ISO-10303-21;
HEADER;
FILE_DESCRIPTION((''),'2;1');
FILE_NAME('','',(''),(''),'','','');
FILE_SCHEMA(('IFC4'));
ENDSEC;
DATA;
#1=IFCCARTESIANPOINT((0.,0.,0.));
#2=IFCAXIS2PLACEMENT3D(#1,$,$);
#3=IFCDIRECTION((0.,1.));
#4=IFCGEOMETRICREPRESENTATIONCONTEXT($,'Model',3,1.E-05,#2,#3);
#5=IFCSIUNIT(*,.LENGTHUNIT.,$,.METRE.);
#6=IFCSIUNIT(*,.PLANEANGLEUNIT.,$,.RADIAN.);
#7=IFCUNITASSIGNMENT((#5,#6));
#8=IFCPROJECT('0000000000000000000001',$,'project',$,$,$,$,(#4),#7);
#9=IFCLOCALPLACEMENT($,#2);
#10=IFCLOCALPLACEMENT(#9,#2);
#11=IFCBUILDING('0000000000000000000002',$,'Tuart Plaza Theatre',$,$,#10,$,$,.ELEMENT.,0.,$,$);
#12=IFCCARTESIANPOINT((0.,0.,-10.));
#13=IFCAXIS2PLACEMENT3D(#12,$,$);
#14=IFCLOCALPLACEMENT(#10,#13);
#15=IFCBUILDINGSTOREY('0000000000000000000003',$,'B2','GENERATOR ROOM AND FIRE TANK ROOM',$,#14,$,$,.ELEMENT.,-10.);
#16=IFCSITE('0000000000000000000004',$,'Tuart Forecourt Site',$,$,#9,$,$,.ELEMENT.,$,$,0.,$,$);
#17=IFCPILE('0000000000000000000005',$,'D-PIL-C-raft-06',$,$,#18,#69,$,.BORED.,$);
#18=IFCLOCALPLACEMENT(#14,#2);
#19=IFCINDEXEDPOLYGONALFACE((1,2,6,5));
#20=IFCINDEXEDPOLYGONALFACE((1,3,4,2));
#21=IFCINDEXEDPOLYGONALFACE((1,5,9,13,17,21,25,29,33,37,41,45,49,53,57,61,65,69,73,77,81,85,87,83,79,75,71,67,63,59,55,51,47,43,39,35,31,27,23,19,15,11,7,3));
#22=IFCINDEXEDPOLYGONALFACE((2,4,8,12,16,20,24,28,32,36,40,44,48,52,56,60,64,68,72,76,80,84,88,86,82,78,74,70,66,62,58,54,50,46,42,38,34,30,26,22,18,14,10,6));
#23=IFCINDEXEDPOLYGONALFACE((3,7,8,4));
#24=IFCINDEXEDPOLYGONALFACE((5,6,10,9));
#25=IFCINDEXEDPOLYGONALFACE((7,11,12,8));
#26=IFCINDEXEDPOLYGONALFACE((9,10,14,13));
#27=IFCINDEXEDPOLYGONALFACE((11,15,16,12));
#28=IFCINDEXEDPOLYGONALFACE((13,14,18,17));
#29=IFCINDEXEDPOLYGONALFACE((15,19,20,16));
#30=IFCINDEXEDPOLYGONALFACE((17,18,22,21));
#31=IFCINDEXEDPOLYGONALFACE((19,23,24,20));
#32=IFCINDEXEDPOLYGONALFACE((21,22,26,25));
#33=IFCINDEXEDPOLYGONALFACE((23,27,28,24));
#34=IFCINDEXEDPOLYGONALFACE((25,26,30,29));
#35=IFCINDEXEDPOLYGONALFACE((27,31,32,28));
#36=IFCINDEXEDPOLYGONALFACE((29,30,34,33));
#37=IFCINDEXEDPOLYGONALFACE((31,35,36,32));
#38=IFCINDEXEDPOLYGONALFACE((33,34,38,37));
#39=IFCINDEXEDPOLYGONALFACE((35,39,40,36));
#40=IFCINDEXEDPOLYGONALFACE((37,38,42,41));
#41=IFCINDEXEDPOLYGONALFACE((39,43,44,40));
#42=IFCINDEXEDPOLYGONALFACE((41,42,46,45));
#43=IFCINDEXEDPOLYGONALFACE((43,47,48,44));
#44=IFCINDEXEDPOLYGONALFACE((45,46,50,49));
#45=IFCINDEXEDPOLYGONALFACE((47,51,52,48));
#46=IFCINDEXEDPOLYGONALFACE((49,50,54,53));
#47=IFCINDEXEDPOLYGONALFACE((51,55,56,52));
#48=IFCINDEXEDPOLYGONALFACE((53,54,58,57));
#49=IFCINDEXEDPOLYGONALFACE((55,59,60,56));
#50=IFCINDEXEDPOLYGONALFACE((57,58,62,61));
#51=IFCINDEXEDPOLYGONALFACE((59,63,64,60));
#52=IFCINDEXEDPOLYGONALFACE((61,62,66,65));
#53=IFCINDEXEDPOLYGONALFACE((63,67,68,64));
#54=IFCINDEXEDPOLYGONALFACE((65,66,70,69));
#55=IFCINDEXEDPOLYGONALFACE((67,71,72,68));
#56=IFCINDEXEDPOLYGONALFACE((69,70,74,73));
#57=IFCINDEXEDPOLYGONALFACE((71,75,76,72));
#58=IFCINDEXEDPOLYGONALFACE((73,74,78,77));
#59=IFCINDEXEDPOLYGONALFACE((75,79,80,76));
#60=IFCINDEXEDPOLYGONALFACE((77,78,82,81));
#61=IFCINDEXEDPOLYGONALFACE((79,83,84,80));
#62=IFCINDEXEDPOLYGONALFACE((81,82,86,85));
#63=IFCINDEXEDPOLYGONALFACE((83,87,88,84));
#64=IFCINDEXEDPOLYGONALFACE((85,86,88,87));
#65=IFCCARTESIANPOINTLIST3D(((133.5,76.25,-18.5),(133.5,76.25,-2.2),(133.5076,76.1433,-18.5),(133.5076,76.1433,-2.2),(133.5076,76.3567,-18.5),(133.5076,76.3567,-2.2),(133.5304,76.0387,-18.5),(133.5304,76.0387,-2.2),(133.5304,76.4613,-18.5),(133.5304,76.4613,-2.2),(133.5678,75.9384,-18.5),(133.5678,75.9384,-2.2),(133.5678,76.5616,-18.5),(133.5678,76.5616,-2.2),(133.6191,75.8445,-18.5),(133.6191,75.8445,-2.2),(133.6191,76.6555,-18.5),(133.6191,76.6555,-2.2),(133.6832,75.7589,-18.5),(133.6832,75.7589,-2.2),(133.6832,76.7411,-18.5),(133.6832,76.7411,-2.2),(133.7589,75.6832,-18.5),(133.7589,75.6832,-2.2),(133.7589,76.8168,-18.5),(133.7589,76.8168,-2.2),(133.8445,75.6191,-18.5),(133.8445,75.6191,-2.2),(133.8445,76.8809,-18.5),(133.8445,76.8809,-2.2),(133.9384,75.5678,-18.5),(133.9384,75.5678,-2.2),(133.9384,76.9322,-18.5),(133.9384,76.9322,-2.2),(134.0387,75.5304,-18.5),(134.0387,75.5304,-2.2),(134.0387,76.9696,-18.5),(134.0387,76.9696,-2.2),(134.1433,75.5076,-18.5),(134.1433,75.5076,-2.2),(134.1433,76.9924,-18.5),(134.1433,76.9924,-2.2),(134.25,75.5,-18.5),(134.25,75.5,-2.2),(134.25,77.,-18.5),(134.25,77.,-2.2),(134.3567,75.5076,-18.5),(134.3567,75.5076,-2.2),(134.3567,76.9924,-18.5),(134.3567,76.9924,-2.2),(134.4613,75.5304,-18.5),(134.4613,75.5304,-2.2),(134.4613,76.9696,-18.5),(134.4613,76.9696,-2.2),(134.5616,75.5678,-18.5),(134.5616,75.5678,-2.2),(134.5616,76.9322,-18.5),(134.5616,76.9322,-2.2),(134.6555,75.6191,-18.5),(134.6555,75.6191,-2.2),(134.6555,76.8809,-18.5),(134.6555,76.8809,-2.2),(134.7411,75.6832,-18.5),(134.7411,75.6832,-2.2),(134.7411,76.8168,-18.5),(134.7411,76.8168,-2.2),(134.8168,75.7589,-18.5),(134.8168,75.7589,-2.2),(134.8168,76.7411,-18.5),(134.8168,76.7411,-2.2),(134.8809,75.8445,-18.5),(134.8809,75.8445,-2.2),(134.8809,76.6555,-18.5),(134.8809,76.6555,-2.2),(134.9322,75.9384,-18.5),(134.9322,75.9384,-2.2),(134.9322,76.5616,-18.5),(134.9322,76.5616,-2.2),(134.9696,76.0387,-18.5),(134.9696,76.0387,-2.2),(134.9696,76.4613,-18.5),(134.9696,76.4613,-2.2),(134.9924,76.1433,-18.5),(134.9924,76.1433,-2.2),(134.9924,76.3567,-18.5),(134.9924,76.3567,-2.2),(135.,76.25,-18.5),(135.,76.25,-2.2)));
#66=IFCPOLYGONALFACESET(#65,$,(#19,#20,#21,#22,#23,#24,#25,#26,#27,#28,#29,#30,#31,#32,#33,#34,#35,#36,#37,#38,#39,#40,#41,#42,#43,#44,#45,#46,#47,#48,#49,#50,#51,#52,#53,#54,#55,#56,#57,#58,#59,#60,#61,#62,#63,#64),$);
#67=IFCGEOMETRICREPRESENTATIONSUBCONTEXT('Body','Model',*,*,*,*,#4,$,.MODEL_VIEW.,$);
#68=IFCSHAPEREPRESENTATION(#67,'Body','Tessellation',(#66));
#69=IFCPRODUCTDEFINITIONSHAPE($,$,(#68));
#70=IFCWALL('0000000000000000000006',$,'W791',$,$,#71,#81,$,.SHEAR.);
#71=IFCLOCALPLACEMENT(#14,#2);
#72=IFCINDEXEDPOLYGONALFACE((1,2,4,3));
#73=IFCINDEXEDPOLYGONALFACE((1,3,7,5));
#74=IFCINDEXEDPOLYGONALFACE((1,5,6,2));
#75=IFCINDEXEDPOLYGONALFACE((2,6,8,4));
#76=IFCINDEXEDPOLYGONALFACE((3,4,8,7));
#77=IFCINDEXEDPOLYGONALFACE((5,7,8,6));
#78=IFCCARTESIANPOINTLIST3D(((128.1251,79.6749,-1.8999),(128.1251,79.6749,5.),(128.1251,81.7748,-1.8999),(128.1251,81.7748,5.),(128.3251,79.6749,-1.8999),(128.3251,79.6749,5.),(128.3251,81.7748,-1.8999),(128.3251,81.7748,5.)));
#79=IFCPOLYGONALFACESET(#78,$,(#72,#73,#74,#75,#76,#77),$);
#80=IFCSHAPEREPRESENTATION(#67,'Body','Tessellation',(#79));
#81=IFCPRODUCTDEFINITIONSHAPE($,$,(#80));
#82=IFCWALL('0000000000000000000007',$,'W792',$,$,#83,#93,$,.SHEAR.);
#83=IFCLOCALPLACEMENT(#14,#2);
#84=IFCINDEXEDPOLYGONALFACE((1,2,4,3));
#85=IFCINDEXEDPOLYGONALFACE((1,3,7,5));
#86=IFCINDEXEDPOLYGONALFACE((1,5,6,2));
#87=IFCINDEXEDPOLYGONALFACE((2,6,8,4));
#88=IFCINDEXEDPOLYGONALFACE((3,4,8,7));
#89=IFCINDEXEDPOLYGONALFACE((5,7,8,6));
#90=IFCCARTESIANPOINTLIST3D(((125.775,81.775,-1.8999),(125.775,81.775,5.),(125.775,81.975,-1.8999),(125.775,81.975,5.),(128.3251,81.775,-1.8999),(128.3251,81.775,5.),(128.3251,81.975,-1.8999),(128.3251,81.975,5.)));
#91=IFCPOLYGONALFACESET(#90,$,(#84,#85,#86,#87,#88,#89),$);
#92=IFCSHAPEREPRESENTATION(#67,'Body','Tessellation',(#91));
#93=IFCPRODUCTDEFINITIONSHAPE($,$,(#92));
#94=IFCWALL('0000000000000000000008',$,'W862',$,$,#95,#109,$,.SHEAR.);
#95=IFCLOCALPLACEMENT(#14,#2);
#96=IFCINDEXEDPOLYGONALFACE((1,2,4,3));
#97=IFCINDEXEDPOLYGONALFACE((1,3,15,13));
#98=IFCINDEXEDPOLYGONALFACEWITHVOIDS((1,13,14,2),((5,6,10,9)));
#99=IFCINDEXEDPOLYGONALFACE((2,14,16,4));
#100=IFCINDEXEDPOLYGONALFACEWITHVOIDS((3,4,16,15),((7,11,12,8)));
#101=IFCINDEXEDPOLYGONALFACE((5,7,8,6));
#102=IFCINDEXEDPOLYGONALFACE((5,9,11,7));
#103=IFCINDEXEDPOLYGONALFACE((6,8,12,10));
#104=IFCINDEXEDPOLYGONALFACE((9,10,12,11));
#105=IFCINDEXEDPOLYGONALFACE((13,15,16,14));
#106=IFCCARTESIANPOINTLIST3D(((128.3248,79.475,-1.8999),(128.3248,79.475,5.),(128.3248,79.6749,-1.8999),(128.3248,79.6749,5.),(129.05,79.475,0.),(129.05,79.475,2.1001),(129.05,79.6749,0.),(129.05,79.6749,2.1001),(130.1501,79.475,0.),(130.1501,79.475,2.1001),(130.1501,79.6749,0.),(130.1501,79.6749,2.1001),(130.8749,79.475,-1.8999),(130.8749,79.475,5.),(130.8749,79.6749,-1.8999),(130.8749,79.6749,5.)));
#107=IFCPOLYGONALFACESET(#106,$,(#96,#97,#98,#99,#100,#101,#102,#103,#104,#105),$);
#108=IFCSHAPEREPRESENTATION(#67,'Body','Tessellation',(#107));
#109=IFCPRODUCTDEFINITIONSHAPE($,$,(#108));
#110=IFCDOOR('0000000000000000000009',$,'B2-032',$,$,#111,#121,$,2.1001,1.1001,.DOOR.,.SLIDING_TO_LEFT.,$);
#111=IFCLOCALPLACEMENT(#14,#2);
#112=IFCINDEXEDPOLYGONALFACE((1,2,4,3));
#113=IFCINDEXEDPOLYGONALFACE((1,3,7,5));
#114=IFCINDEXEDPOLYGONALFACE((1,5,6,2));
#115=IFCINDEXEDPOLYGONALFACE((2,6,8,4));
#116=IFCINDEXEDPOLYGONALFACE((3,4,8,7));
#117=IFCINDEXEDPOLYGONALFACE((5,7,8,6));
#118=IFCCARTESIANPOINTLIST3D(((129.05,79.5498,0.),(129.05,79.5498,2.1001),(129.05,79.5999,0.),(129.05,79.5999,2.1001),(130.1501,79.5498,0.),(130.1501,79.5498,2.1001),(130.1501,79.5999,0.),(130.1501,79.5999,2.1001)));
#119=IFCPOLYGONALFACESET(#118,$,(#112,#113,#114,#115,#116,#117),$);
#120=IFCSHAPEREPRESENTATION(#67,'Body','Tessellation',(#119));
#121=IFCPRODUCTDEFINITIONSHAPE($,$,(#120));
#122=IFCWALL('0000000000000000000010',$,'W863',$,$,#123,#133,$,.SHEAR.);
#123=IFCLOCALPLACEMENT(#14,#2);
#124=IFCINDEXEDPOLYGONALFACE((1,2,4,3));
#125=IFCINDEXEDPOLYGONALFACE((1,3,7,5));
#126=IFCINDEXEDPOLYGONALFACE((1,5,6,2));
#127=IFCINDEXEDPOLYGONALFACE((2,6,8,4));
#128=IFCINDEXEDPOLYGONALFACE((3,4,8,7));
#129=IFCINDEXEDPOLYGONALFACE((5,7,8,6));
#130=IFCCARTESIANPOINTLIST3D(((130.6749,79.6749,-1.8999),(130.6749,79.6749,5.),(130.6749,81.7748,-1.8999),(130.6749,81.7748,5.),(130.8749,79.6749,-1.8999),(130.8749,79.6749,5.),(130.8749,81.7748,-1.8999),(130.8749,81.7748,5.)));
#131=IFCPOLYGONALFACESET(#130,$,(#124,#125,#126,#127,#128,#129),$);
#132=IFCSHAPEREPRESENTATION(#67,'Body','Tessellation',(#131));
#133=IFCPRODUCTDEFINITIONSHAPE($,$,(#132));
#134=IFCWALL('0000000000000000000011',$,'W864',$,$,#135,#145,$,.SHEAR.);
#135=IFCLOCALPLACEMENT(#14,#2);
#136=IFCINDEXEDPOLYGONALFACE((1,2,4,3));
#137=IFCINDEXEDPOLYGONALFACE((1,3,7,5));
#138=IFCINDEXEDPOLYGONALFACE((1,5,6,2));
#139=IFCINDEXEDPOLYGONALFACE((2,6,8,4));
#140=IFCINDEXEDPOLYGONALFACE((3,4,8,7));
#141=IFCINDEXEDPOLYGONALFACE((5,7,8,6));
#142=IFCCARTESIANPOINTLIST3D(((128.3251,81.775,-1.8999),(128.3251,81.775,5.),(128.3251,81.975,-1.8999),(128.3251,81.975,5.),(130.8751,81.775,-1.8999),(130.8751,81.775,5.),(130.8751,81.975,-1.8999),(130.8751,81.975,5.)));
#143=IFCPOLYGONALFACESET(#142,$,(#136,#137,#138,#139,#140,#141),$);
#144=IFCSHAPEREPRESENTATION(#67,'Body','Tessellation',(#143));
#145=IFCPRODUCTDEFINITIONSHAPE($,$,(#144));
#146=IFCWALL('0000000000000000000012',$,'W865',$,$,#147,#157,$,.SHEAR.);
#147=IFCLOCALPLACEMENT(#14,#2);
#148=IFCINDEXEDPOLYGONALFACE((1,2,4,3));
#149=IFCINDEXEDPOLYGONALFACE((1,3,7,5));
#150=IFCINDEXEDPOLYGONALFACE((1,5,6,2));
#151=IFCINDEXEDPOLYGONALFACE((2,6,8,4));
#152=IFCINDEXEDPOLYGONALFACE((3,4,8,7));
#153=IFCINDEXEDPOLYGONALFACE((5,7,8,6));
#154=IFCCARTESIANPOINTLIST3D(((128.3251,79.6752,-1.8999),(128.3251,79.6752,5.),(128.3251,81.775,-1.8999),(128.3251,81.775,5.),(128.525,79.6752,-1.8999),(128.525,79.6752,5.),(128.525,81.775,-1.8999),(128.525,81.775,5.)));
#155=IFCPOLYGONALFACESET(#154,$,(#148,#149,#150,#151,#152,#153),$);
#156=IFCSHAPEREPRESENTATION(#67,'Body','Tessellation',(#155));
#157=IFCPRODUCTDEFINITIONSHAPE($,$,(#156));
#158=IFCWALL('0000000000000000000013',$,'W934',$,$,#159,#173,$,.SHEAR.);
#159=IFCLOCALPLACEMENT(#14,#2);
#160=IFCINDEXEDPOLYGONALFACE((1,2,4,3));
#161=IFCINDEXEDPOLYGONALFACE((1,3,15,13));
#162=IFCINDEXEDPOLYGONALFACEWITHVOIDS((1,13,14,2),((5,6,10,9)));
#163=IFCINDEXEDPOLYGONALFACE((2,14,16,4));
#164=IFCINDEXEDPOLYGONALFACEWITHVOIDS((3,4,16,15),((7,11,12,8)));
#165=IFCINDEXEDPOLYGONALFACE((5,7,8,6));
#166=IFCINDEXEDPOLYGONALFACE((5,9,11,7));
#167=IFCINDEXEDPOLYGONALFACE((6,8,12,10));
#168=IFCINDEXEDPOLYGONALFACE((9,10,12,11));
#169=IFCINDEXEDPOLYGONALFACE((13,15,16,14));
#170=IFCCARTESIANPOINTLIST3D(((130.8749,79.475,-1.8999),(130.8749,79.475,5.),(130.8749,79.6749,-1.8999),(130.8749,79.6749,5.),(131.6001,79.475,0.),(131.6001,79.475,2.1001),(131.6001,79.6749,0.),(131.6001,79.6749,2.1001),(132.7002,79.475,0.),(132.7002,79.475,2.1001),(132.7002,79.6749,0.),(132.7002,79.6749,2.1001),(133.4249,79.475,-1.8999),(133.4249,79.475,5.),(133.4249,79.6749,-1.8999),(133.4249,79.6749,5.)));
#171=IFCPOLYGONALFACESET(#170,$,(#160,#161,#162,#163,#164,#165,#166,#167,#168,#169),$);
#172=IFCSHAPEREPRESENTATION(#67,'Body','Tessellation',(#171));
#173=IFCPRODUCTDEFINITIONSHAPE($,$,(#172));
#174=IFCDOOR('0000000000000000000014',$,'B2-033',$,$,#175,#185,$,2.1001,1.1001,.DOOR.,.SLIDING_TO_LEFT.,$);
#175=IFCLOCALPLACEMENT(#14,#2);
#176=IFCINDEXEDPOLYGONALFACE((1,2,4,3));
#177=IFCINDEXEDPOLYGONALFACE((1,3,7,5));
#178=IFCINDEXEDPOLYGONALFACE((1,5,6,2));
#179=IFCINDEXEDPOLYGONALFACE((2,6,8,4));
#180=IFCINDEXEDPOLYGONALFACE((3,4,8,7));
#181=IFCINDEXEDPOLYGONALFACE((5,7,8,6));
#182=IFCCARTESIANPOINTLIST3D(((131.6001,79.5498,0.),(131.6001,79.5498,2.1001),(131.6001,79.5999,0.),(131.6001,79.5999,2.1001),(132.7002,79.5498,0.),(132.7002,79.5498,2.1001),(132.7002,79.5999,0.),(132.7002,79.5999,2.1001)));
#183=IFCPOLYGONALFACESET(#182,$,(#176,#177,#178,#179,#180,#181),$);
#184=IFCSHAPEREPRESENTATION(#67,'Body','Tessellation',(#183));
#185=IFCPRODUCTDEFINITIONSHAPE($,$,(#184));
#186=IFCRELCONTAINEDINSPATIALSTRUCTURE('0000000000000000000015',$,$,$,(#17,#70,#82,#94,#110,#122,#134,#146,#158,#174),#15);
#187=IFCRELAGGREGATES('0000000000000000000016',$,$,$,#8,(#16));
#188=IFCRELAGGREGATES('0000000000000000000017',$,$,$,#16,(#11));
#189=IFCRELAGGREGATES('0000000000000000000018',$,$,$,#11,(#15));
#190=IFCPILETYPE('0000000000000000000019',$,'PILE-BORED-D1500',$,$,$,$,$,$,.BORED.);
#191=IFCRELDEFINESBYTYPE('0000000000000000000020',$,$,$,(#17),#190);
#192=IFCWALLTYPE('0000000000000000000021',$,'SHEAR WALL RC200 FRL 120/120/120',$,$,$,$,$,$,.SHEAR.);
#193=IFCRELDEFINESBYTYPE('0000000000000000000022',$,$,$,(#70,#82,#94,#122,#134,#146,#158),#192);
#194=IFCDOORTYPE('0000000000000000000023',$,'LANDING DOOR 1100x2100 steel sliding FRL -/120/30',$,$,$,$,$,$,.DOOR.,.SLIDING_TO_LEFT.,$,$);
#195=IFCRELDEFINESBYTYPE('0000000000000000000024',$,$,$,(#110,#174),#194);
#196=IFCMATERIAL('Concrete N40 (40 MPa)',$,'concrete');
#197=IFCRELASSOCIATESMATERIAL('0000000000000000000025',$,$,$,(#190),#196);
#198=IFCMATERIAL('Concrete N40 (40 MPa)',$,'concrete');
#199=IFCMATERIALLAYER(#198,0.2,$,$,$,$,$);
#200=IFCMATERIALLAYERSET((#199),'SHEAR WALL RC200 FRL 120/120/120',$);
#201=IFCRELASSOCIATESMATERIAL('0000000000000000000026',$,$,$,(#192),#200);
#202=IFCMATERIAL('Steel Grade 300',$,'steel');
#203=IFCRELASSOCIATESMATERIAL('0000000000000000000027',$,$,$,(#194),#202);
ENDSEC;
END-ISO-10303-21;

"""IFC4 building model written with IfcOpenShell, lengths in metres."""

from ifc_helpers import new_model, si_unit, direction, frame, frame_2d, origin, origin_2d, place, context, subcontext, project, spatial, rectangle, circle, extrude, material, layer, layer_set, material_profile, profile_set, type_object, element, fill, save


model = new_model("IFC4")

# Units and contexts
model_context = context("Model", 3, precision=1e-05, world=origin(), true_north=direction((0.0, 1.0)))
body_context = subcontext(model_context, "Body", "Model", "MODEL_VIEW")
ifc_project = project(units=[si_unit("LENGTHUNIT", "METRE"), si_unit("PLANEANGLEUNIT", "RADIAN")], contexts=[model_context])

# Site, building, storey
site_placement = place(None, origin())
site = spatial("IfcSite", under=ifc_project, at=site_placement, Name="Tuart Forecourt Site", CompositionType="ELEMENT", RefElevation=0.0)
building_placement = place(site_placement, origin())
building = spatial("IfcBuilding", under=site, at=building_placement, Name="Tuart Plaza Theatre", CompositionType="ELEMENT", ElevationOfRefHeight=0.0)
storey_placement = place(building_placement, frame((0.0, 0.0, -10.0)))
storey = spatial("IfcBuildingStorey", under=building, at=storey_placement, Name="B2", Description="GENERATOR ROOM AND FIRE TANK ROOM", CompositionType="ELEMENT", Elevation=-10.0)

# Pile
ifc_material_1 = material(Name="Concrete N40 (40 MPa)", Category="concrete")
ifc_material_profile = material_profile(ifc_material_1, circle(Radius=0.75, at=origin_2d()), Name="PILE-BORED-D1500")
ifc_profile_set = profile_set([ifc_material_profile], Name="Concrete N40 (40 MPa)")
pile_type = type_object("IfcPileType", Name="PILE-BORED-D1500", PredefinedType="BORED", material=ifc_profile_set)
pile_placement = place(storey_placement, frame((134.25, 76.25, -2.2), z_axis=(0.0, 0.0, -1.0), x_axis=(1.0, 0.0, 0.0)))
element("IfcPile", 1, at=pile_placement, inside=storey, type_object=pile_type, Name="D-PIL-C-raft-06", PredefinedType="BORED", context=body_context, shape_type="SweptSolid", body=[
    extrude(circle(Radius=0.75, at=origin_2d()), origin(), (0.0, 0.0, 1.0), 16.3),
])

# Walls
ifc_material_2 = material(Name="Concrete N40 (40 MPa)", Category="concrete")
ifc_layer = layer(ifc_material_2, 0.2)
ifc_layer_set = layer_set([ifc_layer], Name="SHEAR WALL RC200 FRL 120/120/120")
wall_type = type_object("IfcWallType", Name="SHEAR WALL RC200 FRL 120/120/120", PredefinedType="SHEAR", material=ifc_layer_set)
wall_1_placement = place(storey_placement, frame((128.2251, 79.675, -1.8999), z_axis=(0.0, 0.0, 1.0), x_axis=(0.0, 1.0, 0.0)))
element("IfcWall", 2, at=wall_1_placement, inside=storey, type_object=wall_type, Name="W791", PredefinedType="SHEAR", context=body_context, shape_type="SweptSolid", body=[
    extrude(rectangle(XDim=2.0999, YDim=0.2, at=frame_2d((1.0498, 0.0))), origin(), (0.0, 0.0, 1.0), 6.8999),
])
wall_2_placement = place(storey_placement, frame((128.325, 81.875, -1.8999), z_axis=(0.0, 0.0, 1.0), x_axis=(-1.0, 0.0, 0.0)))
element("IfcWall", 3, at=wall_2_placement, inside=storey, type_object=wall_type, Name="W792", PredefinedType="SHEAR", context=body_context, shape_type="SweptSolid", body=[
    extrude(rectangle(XDim=2.55, YDim=0.2, at=frame_2d((1.2749, 0.0))), origin(), (0.0, 0.0, 1.0), 6.8999),
])

# Wall, opening, door
wall_3_placement = place(storey_placement, frame((128.325, 79.575, -1.8999), z_axis=(0.0, 0.0, 1.0), x_axis=(1.0, 0.0, 0.0)))
wall_3 = element("IfcWall", 4, at=wall_3_placement, inside=storey, type_object=wall_type, Name="W862", PredefinedType="SHEAR", context=body_context, shape_type="SweptSolid", body=[
    extrude(rectangle(XDim=2.55, YDim=0.2, at=frame_2d((1.2749, 0.0))), origin(), (0.0, 0.0, 1.0), 6.8999),
])
opening_1_placement = place(wall_3_placement, frame((0.7251, 0.0, 1.8999)))
opening_1 = element("IfcOpeningElement", 5, at=opening_1_placement, cuts=wall_3, PredefinedType="OPENING", context=body_context, shape_type="SweptSolid", body=[
    extrude(rectangle(XDim=1.1001, YDim=2.1001, at=frame_2d((0.55, 1.05))), frame((0.0, 0.1099, 0.0), z_axis=(0.0, -1.0, 0.0), x_axis=(1.0, 0.0, 0.0)), (0.0, 0.0, 1.0), 0.22),
])
ifc_material_3 = material(Name="Steel Grade 300", Category="steel")
door_type = type_object("IfcDoorType", Name="LANDING DOOR 1100x2100 steel sliding FRL -/120/30", OperationType="SLIDING_TO_LEFT", PredefinedType="DOOR", material=ifc_material_3)
door_1_placement = place(opening_1_placement, origin())
door_1 = element("IfcDoor", 6, at=door_1_placement, inside=storey, type_object=door_type, Name="B2-032", OperationType="SLIDING_TO_LEFT", OverallHeight=2.1001, OverallWidth=1.1001, PredefinedType="DOOR", context=body_context, shape_type="SweptSolid", body=[
    extrude(rectangle(XDim=1.1001, YDim=2.1001, at=frame_2d((0.55, 1.05))), frame((0.0, 0.0249, 0.0), z_axis=(0.0, -1.0, 0.0), x_axis=(1.0, 0.0, 0.0)), (0.0, 0.0, 1.0), 0.05),
])
fill(opening_1, door_1)

# Walls
wall_4_placement = place(storey_placement, frame((130.7749, 79.675, -1.8999), z_axis=(0.0, 0.0, 1.0), x_axis=(0.0, 1.0, 0.0)))
element("IfcWall", 7, at=wall_4_placement, inside=storey, type_object=wall_type, Name="W863", PredefinedType="SHEAR", context=body_context, shape_type="SweptSolid", body=[
    extrude(rectangle(XDim=2.0999, YDim=0.2, at=frame_2d((1.0498, 0.0))), origin(), (0.0, 0.0, 1.0), 6.8999),
])
wall_5_placement = place(storey_placement, frame((130.875, 81.875, -1.8999), z_axis=(0.0, 0.0, 1.0), x_axis=(-1.0, 0.0, 0.0)))
element("IfcWall", 8, at=wall_5_placement, inside=storey, type_object=wall_type, Name="W864", PredefinedType="SHEAR", context=body_context, shape_type="SweptSolid", body=[
    extrude(rectangle(XDim=2.55, YDim=0.2, at=frame_2d((1.2749, 0.0))), origin(), (0.0, 0.0, 1.0), 6.8999),
])
wall_6_placement = place(storey_placement, frame((128.425, 81.7749, -1.8999), z_axis=(0.0, 0.0, 1.0), x_axis=(0.0, -1.0, 0.0)))
element("IfcWall", 9, at=wall_6_placement, inside=storey, type_object=wall_type, Name="W865", PredefinedType="SHEAR", context=body_context, shape_type="SweptSolid", body=[
    extrude(rectangle(XDim=2.0999, YDim=0.2, at=frame_2d((1.0498, 0.0))), origin(), (0.0, 0.0, 1.0), 6.8999),
])

# Wall, opening, door
wall_7_placement = place(storey_placement, frame((130.875, 79.575, -1.8999), z_axis=(0.0, 0.0, 1.0), x_axis=(1.0, 0.0, 0.0)))
wall_7 = element("IfcWall", 10, at=wall_7_placement, inside=storey, type_object=wall_type, Name="W934", PredefinedType="SHEAR", context=body_context, shape_type="SweptSolid", body=[
    extrude(rectangle(XDim=2.55, YDim=0.2, at=frame_2d((1.2749, 0.0))), origin(), (0.0, 0.0, 1.0), 6.8999),
])
opening_2_placement = place(wall_7_placement, frame((0.7251, 0.0, 1.8999)))
opening_2 = element("IfcOpeningElement", 11, at=opening_2_placement, cuts=wall_7, PredefinedType="OPENING", context=body_context, shape_type="SweptSolid", body=[
    extrude(rectangle(XDim=1.1001, YDim=2.1001, at=frame_2d((0.55, 1.05))), frame((0.0, 0.1099, 0.0), z_axis=(0.0, -1.0, 0.0), x_axis=(1.0, 0.0, 0.0)), (0.0, 0.0, 1.0), 0.22),
])
door_2_placement = place(opening_2_placement, origin())
door_2 = element("IfcDoor", 12, at=door_2_placement, inside=storey, type_object=door_type, Name="B2-033", OperationType="SLIDING_TO_LEFT", OverallHeight=2.1001, OverallWidth=1.1001, PredefinedType="DOOR", context=body_context, shape_type="SweptSolid", body=[
    extrude(rectangle(XDim=1.1001, YDim=2.1001, at=frame_2d((0.55, 1.05))), frame((0.0, 0.0249, 0.0), z_axis=(0.0, -1.0, 0.0), x_axis=(1.0, 0.0, 0.0)), (0.0, 0.0, 1.0), 0.05),
])
fill(opening_2, door_2)

save(model, "model.ifc")
